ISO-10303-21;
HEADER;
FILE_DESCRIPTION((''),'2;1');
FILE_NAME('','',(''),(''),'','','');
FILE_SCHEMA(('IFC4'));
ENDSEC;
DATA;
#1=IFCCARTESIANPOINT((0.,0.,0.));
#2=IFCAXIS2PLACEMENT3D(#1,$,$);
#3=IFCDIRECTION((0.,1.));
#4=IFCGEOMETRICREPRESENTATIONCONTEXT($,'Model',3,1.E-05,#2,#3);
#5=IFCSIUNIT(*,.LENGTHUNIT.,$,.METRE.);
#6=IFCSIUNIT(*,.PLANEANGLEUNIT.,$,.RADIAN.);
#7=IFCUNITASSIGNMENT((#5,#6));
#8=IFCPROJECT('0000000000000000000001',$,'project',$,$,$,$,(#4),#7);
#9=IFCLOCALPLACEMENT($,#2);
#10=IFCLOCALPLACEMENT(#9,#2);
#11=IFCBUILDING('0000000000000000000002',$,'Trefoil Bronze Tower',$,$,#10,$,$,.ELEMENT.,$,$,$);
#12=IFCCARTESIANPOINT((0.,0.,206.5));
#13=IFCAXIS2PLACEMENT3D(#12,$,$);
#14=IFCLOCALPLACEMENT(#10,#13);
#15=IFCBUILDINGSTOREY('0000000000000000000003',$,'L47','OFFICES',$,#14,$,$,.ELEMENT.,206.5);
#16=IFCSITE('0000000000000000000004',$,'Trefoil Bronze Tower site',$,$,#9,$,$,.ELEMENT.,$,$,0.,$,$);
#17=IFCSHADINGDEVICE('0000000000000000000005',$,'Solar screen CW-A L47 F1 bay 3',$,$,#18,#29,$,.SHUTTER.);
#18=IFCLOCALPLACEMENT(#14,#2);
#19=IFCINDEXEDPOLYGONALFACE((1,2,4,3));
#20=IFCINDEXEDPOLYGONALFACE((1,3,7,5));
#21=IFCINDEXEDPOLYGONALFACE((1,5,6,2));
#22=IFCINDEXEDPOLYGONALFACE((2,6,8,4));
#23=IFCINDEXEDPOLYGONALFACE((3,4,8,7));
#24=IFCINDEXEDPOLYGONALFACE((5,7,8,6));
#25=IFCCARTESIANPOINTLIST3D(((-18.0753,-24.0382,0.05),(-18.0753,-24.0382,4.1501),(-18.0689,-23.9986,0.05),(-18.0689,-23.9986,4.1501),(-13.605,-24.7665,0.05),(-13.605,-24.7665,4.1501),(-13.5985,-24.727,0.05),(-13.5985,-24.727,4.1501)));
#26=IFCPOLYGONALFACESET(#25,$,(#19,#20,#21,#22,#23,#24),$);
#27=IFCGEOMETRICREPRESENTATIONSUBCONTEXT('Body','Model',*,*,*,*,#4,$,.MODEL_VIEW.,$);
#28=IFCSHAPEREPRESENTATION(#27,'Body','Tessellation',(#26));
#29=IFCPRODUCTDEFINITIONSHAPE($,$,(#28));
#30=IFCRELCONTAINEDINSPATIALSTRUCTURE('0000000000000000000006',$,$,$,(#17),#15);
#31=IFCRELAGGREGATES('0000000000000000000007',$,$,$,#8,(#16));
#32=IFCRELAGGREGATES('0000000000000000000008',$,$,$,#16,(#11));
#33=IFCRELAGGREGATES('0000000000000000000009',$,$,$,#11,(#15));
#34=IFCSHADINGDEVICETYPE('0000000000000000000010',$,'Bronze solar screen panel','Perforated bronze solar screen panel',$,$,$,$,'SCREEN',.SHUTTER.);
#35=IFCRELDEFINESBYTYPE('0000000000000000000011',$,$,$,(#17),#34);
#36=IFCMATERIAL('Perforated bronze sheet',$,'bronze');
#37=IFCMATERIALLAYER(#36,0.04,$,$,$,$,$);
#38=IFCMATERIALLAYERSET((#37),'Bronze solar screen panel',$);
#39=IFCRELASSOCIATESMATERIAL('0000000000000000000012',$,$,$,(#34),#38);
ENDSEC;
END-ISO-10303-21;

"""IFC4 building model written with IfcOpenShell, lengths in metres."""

from ifc_helpers import new_model, si_unit, direction, frame, origin, origin_2d, place, context, subcontext, project, spatial, rectangle, extrude, material, layer, layer_set, type_object, element, save


model = new_model("IFC4")

# Units and contexts
model_context = context("Model", 3, precision=1e-05, world=origin(), true_north=direction((0.0, 1.0)))
body_context = subcontext(model_context, "Body", "Model", "MODEL_VIEW")
ifc_project = project(units=[si_unit("LENGTHUNIT", "METRE"), si_unit("PLANEANGLEUNIT", "RADIAN")], contexts=[model_context])

# Site, building, storey
site_placement = place(None, origin())
site = spatial("IfcSite", under=ifc_project, at=site_placement, Name="Trefoil Bronze Tower site", CompositionType="ELEMENT", RefElevation=0.0)
building_placement = place(site_placement, origin())
building = spatial("IfcBuilding", under=site, at=building_placement, Name="Trefoil Bronze Tower", CompositionType="ELEMENT")
storey_placement = place(building_placement, frame((0.0, 0.0, 206.5)))
storey = spatial("IfcBuildingStorey", under=building, at=storey_placement, Name="L47", Description="OFFICES", CompositionType="ELEMENT", Elevation=206.5)

# Shading device
ifc_material_1 = material(Name="Perforated bronze sheet", Category="bronze")
ifc_layer_1 = layer(ifc_material_1, 0.04)
ifc_layer_set_1 = layer_set([ifc_layer_1], Name="Bronze solar screen panel")
shading_device_type = type_object("IfcShadingDeviceType", Name="Bronze solar screen panel", Description="Perforated bronze solar screen panel", ElementType="SCREEN", PredefinedType="SHUTTER", material=ifc_layer_set_1)
shading_device_1_placement = place(storey_placement, frame((-15.8369, -24.3826, 0.05), z_axis=(0.0, 0.0, 1.0), x_axis=(0.986987, -0.160803, 0.0)))
element("IfcShadingDevice", 1, at=shading_device_1_placement, inside=storey, type_object=shading_device_type, Name="Solar screen CW-A L47 F1 bay 3", PredefinedType="SHUTTER", context=body_context, shape_type="SweptSolid", body=[
    extrude(rectangle(XDim=4.5293, YDim=0.04, at=origin_2d()), origin(), (0.0, 0.0, 1.0), 4.1001),
])

save(model, "model.ifc")
